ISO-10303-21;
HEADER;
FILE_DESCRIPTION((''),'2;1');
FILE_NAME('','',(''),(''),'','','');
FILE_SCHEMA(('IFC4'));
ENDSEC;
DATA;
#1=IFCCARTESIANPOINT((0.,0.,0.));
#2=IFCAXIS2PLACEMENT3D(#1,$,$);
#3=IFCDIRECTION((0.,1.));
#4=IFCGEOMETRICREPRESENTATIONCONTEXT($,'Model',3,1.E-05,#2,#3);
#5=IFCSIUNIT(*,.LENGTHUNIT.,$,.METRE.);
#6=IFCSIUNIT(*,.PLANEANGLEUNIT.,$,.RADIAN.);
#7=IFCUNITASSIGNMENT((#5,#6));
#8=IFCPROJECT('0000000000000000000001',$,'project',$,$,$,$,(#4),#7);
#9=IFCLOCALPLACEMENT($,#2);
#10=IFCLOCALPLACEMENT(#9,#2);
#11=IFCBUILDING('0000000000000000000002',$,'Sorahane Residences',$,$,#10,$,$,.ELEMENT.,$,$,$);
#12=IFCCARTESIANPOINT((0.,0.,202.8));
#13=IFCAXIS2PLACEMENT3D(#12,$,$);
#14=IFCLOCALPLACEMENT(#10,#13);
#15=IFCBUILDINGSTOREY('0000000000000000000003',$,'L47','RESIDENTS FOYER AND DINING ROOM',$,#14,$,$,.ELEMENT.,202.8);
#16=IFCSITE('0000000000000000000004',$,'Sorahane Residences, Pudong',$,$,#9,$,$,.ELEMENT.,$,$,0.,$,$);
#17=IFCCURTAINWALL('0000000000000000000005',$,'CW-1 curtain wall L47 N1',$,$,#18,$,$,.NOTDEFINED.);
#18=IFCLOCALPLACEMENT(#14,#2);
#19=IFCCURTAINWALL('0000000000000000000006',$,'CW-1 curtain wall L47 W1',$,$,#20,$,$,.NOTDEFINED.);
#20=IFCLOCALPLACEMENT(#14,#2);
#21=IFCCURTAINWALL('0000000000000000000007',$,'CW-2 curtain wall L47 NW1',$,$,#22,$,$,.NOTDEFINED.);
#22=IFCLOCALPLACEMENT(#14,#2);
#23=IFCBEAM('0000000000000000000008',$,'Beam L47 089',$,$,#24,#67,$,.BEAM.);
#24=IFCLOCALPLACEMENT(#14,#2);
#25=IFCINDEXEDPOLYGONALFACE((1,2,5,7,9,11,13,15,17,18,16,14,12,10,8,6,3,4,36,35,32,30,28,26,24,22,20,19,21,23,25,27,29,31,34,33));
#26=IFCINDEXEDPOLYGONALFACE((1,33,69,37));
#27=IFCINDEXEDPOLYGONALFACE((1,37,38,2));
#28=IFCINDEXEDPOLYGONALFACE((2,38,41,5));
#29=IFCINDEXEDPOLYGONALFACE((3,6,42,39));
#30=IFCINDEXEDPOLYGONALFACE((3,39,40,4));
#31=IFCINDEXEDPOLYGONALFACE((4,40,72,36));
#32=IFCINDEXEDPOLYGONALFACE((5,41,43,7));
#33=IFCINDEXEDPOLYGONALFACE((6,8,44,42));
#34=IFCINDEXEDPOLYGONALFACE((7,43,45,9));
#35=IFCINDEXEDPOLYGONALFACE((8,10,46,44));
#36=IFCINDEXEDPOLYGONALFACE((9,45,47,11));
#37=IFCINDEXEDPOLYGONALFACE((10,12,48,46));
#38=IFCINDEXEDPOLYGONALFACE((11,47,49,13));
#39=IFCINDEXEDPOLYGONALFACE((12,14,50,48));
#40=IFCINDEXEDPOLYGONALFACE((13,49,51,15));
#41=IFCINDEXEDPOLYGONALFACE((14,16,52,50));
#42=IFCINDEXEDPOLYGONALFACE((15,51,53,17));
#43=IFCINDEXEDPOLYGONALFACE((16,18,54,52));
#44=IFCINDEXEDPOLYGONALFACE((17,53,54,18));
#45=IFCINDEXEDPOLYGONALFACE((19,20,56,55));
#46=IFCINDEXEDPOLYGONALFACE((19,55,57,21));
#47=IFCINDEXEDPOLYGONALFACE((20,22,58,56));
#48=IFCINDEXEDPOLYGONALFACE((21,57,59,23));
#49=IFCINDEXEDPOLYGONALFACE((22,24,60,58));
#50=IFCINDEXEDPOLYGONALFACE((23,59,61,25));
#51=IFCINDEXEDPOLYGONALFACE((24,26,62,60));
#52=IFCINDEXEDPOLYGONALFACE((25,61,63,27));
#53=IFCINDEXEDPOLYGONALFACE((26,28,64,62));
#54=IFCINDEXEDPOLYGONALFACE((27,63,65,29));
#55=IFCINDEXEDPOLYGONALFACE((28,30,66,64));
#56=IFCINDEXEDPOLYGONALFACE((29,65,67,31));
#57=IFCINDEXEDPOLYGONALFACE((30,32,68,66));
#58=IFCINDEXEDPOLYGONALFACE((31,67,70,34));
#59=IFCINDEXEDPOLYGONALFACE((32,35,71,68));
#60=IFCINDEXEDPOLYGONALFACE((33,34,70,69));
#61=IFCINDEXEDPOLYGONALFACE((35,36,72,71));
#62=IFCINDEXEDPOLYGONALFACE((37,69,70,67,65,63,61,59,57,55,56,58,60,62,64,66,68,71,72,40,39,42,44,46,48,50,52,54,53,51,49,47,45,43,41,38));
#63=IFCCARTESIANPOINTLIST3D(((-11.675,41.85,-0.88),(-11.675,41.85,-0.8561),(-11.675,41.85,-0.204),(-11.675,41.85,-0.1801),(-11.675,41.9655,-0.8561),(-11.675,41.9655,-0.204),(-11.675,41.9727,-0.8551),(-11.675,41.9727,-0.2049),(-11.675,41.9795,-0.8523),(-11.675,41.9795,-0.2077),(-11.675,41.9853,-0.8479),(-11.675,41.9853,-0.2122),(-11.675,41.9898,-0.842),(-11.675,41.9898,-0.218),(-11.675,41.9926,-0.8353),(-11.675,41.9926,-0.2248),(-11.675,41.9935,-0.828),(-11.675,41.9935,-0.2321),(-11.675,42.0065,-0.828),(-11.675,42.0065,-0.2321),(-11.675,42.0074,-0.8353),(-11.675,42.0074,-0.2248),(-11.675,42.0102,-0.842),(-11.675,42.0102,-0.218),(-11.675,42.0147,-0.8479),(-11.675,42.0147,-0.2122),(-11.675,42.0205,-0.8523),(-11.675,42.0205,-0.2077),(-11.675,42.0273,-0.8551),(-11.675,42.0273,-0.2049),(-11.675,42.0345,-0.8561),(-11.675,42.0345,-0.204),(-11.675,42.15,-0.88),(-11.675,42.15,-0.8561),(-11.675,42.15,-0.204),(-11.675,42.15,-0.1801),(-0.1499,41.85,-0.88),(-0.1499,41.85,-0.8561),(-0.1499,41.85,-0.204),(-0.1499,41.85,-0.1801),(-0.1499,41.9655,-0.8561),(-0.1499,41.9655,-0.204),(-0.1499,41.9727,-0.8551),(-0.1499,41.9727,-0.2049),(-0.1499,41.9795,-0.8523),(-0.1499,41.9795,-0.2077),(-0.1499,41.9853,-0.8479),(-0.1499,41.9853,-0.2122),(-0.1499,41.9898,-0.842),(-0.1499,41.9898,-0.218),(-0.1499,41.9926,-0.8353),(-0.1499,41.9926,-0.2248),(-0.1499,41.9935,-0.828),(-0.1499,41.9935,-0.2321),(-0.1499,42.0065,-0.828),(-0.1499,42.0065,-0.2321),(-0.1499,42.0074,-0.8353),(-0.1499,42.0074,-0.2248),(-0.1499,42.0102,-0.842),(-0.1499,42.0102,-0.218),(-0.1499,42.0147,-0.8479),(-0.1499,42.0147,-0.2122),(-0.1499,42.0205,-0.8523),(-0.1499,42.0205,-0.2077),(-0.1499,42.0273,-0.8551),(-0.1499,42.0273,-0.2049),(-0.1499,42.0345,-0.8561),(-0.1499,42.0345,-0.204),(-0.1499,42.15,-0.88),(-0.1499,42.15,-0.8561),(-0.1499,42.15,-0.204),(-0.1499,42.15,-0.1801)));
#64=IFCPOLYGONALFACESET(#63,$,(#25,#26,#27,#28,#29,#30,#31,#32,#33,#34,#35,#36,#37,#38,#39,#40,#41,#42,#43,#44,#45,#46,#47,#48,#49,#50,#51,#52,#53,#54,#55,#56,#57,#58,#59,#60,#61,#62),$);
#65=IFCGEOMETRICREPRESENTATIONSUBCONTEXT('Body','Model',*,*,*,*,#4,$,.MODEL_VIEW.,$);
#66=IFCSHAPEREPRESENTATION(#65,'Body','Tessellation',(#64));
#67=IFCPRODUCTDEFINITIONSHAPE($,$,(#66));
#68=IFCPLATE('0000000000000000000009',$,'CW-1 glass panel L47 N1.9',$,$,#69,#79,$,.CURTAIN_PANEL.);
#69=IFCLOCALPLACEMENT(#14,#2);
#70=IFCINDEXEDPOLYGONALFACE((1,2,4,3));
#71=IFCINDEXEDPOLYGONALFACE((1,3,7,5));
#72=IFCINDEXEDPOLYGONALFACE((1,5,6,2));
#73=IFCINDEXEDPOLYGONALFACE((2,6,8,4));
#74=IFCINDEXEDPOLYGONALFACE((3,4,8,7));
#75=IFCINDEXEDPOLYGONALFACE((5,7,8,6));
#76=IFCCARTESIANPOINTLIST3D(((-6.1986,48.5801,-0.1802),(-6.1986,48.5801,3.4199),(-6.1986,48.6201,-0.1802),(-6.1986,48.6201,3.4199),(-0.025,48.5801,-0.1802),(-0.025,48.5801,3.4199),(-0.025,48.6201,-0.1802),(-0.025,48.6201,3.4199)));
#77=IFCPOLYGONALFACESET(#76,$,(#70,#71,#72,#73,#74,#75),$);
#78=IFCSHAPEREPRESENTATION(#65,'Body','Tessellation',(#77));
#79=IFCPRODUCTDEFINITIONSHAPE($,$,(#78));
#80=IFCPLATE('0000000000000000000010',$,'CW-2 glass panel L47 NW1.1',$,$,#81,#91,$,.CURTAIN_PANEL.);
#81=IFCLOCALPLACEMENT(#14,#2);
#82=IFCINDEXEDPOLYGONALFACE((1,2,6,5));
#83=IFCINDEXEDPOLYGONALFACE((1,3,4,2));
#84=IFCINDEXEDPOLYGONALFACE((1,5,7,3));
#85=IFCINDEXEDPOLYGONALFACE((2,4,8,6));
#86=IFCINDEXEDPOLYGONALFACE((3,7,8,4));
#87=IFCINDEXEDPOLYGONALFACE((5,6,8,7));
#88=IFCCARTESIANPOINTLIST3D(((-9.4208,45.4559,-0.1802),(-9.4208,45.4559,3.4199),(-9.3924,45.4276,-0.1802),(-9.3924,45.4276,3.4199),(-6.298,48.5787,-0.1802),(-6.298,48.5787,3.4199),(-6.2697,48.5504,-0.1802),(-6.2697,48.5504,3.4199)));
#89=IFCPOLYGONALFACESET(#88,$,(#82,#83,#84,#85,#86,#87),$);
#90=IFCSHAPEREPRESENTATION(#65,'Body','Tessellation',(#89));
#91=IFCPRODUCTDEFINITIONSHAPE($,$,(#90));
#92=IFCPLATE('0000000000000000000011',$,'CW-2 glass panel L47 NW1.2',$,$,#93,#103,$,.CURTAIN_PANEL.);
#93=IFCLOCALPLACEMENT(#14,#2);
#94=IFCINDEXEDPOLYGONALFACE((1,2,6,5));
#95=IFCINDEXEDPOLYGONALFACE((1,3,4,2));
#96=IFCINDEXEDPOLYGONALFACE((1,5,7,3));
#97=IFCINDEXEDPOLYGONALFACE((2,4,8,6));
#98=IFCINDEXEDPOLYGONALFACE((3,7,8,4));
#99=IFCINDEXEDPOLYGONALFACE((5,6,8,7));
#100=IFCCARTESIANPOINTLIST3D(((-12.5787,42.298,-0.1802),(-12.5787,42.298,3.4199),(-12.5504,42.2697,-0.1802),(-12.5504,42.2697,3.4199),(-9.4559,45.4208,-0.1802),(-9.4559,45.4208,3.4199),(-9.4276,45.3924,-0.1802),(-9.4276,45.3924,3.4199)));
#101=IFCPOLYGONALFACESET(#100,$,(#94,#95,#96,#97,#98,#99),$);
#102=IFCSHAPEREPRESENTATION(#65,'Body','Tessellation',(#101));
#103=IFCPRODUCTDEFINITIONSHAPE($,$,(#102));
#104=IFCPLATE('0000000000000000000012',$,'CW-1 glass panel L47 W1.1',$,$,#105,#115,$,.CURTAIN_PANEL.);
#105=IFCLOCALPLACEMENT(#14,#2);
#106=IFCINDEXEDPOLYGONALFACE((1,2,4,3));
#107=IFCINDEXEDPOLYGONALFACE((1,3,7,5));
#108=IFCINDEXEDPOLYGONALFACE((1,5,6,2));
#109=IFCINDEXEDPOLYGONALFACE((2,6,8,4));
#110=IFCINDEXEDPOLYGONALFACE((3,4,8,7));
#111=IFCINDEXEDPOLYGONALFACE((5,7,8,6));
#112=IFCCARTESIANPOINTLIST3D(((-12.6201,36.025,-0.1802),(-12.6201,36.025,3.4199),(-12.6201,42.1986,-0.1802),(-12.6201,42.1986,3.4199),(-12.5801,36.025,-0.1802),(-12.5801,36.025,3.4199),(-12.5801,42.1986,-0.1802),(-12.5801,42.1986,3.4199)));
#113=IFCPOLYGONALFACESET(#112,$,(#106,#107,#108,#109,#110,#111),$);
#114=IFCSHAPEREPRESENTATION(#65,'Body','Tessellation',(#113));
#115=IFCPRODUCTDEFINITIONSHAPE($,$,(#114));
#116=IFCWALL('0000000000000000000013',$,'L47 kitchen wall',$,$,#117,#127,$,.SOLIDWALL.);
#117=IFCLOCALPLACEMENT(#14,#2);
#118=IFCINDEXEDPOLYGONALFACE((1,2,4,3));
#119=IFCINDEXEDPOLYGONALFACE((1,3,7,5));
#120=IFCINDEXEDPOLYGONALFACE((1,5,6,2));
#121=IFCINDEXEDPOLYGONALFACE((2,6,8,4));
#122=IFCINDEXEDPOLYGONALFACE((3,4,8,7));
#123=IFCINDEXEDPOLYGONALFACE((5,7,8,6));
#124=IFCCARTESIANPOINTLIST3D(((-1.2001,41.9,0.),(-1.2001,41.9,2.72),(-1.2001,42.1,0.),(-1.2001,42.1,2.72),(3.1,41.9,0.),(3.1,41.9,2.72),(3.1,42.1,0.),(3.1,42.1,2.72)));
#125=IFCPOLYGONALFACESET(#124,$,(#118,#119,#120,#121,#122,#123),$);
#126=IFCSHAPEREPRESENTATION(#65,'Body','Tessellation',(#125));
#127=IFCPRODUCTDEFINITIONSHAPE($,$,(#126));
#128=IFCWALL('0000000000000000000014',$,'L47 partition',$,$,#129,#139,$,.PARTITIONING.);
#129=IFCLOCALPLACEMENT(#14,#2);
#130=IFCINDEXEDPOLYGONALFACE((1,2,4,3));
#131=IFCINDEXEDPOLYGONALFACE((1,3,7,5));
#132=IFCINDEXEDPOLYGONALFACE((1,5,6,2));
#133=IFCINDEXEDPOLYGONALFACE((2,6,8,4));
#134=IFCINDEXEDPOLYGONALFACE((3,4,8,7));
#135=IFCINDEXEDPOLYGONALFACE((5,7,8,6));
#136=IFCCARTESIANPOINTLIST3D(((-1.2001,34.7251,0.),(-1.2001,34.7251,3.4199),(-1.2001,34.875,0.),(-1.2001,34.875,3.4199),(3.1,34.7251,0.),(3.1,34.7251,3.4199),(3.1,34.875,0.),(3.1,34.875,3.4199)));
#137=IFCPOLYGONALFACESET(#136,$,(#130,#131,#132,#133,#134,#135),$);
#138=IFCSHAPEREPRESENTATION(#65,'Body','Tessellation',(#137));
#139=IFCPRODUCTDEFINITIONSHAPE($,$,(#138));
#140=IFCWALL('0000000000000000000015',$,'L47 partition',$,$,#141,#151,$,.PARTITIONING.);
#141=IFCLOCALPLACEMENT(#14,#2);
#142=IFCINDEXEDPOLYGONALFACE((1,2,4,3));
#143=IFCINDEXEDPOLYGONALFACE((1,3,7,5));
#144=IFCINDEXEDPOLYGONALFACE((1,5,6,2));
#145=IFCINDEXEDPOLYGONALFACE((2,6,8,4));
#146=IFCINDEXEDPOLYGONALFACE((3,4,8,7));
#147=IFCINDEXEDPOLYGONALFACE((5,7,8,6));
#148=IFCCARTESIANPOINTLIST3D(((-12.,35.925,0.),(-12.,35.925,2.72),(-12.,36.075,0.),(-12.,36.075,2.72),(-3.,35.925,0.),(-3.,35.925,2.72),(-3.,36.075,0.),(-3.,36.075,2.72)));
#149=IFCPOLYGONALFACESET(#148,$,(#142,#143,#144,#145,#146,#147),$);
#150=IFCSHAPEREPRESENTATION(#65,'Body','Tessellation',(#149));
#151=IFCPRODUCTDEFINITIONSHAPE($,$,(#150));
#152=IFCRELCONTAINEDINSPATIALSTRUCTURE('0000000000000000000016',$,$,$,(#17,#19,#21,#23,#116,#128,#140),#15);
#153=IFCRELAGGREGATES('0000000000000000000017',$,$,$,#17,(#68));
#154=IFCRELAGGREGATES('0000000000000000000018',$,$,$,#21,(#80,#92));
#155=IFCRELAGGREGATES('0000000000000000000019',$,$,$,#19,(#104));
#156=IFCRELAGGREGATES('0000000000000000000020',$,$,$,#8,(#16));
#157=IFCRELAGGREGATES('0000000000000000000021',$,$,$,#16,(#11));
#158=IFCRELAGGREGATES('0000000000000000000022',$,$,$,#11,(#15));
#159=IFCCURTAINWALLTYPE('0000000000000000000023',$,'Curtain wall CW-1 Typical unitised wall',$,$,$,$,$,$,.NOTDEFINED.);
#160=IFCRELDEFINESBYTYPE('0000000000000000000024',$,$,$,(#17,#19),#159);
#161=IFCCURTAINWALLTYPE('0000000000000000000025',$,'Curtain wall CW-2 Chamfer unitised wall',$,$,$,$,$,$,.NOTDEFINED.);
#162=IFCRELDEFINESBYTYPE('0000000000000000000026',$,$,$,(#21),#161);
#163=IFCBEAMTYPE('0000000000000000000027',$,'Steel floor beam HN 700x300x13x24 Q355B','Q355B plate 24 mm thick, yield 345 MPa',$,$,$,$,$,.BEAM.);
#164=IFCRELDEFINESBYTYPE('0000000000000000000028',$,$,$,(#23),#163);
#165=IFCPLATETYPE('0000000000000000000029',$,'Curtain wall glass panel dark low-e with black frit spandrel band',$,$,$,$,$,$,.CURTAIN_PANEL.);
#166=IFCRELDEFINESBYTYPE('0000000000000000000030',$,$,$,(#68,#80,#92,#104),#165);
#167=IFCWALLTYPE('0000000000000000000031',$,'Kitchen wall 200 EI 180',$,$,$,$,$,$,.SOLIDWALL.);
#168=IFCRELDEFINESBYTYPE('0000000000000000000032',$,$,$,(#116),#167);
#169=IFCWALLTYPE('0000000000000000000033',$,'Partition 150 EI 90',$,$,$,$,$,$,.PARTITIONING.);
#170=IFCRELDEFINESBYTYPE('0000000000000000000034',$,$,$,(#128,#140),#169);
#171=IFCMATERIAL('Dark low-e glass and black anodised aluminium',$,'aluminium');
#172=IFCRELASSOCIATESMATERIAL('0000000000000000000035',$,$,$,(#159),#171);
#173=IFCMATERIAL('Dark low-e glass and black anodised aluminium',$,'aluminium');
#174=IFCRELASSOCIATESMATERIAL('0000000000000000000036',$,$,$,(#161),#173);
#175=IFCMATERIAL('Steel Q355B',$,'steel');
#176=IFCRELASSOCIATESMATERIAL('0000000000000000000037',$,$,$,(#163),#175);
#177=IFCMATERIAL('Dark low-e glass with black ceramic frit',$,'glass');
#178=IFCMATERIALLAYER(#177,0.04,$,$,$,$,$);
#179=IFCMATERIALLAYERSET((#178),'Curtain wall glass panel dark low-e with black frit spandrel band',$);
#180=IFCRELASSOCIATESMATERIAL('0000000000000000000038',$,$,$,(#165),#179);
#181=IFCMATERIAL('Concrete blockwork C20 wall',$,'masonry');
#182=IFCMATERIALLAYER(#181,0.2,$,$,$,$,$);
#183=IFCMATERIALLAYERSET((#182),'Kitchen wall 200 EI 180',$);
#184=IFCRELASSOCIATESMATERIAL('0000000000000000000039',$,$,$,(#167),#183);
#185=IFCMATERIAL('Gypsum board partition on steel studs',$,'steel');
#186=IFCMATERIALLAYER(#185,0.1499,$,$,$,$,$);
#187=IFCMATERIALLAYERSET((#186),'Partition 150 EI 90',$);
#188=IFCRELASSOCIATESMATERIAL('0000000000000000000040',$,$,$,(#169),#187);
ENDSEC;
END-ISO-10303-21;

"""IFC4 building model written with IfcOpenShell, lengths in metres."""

from ifc_helpers import new_model, si_unit, direction, frame, frame_2d, origin, origin_2d, place, context, subcontext, project, spatial, rectangle, i_section, extrude, material, layer, layer_set, material_profile, profile_set, type_object, element, aggregate, save


model = new_model("IFC4")

# Units and contexts
model_context = context("Model", 3, precision=1e-05, world=origin(), true_north=direction((0.0, 1.0)))
body_context = subcontext(model_context, "Body", "Model", "MODEL_VIEW")
ifc_project = project(units=[si_unit("LENGTHUNIT", "METRE"), si_unit("PLANEANGLEUNIT", "RADIAN")], contexts=[model_context])

# Site, building, storey
site_placement = place(None, origin())
site = spatial("IfcSite", under=ifc_project, at=site_placement, Name="Sorahane Residences, Pudong", CompositionType="ELEMENT", RefElevation=0.0)
building_placement = place(site_placement, origin())
building = spatial("IfcBuilding", under=site, at=building_placement, Name="Sorahane Residences", CompositionType="ELEMENT")
storey_placement = place(building_placement, frame((0.0, 0.0, 202.8)))
storey = spatial("IfcBuildingStorey", under=building, at=storey_placement, Name="L47", Description="RESIDENTS FOYER AND DINING ROOM", CompositionType="ELEMENT", Elevation=202.8)

# Curtain wall
ifc_material_1 = material(Name="Dark low-e glass and black anodised aluminium", Category="aluminium")
curtain_wall_type_1 = type_object("IfcCurtainWallType", Name="Curtain wall CW-1 Typical unitised wall", PredefinedType="NOTDEFINED", material=ifc_material_1)
curtain_wall_1_placement = place(storey_placement, origin())
curtain_wall_1 = element("IfcCurtainWall", 1, at=curtain_wall_1_placement, inside=storey, type_object=curtain_wall_type_1, Name="CW-1 curtain wall L47 N1", PredefinedType="NOTDEFINED")

# Curtain wall
curtain_wall_2_placement = place(storey_placement, origin())
curtain_wall_2 = element("IfcCurtainWall", 2, at=curtain_wall_2_placement, inside=storey, type_object=curtain_wall_type_1, Name="CW-1 curtain wall L47 W1", PredefinedType="NOTDEFINED")

# Curtain wall
ifc_material_2 = material(Name="Dark low-e glass and black anodised aluminium", Category="aluminium")
curtain_wall_type_2 = type_object("IfcCurtainWallType", Name="Curtain wall CW-2 Chamfer unitised wall", PredefinedType="NOTDEFINED", material=ifc_material_2)
curtain_wall_3_placement = place(storey_placement, origin())
curtain_wall_3 = element("IfcCurtainWall", 3, at=curtain_wall_3_placement, inside=storey, type_object=curtain_wall_type_2, Name="CW-2 curtain wall L47 NW1", PredefinedType="NOTDEFINED")

# Beam
ifc_material_3 = material(Name="Steel Q355B", Category="steel")
ifc_material_profile_1 = material_profile(ifc_material_3, i_section(OverallWidth=0.3, OverallDepth=0.7, WebThickness=0.0129, FlangeThickness=0.0239, FilletRadius=0.0281, at=origin_2d()), Name="HN 700x300x13x24")
ifc_profile_set_1 = profile_set([ifc_material_profile_1], Name="Steel Q355B")
beam_type_1 = type_object("IfcBeamType", Name="Steel floor beam HN 700x300x13x24 Q355B", Description="Q355B plate 24 mm thick, yield 345 MPa", PredefinedType="BEAM", material=ifc_profile_set_1)
beam_placement = place(storey_placement, frame((-11.675, 42.0, -0.53), z_axis=(1.0, 0.0, 0.0), x_axis=(0.0, 1.0, 0.0)))
element("IfcBeam", 4, at=beam_placement, inside=storey, type_object=beam_type_1, Name="Beam L47 089", PredefinedType="BEAM", context=body_context, shape_type="SweptSolid", body=[
    extrude(i_section(OverallWidth=0.3, OverallDepth=0.7, WebThickness=0.0129, FlangeThickness=0.0239, FilletRadius=0.0281, at=origin_2d()), origin(), (0.0, 0.0, 1.0), 11.5251),
])

# Plates
ifc_material_4 = material(Name="Dark low-e glass with black ceramic frit", Category="glass")
ifc_layer_1 = layer(ifc_material_4, 0.04)
ifc_layer_set_1 = layer_set([ifc_layer_1], Name="Curtain wall glass panel dark low-e with black frit spandrel band")
plate_type = type_object("IfcPlateType", Name="Curtain wall glass panel dark low-e with black frit spandrel band", PredefinedType="CURTAIN_PANEL", material=ifc_layer_set_1)
plate_1_placement = place(storey_placement, frame((-3.1118, 48.6001, -0.1802), z_axis=(0.0, 0.0, 1.0), x_axis=(-1.0, 0.0, 0.0)))
plate_1 = element("IfcPlate", 5, at=plate_1_placement, type_object=plate_type, Name="CW-1 glass panel L47 N1.9", PredefinedType="CURTAIN_PANEL", context=body_context, shape_type="SweptSolid", body=[
    extrude(rectangle(XDim=6.1736, YDim=0.04, at=origin_2d()), origin(), (0.0, 0.0, 1.0), 3.6001),
])
aggregate(curtain_wall_1, [plate_1])
plate_2_placement = place(storey_placement, frame((-7.8452, 47.0032, -0.1802), z_axis=(0.0, 0.0, 1.0), x_axis=(-0.707107, -0.707107, 0.0)))
plate_2 = element("IfcPlate", 6, at=plate_2_placement, type_object=plate_type, Name="CW-2 glass panel L47 NW1.1", PredefinedType="CURTAIN_PANEL", context=body_context, shape_type="SweptSolid", body=[
    extrude(rectangle(XDim=4.4163, YDim=0.04, at=origin_2d()), origin(), (0.0, 0.0, 1.0), 3.6001),
])
plate_3_placement = place(storey_placement, frame((-11.0032, 43.8452, -0.1802), z_axis=(0.0, 0.0, 1.0), x_axis=(-0.707107, -0.707107, 0.0)))
plate_3 = element("IfcPlate", 7, at=plate_3_placement, type_object=plate_type, Name="CW-2 glass panel L47 NW1.2", PredefinedType="CURTAIN_PANEL", context=body_context, shape_type="SweptSolid", body=[
    extrude(rectangle(XDim=4.4163, YDim=0.04, at=origin_2d()), origin(), (0.0, 0.0, 1.0), 3.6001),
])
aggregate(curtain_wall_3, [plate_2, plate_3])
plate_4_placement = place(storey_placement, frame((-12.6001, 39.1118, -0.1802), z_axis=(0.0, 0.0, 1.0), x_axis=(0.0, -1.0, 0.0)))
plate_4 = element("IfcPlate", 8, at=plate_4_placement, type_object=plate_type, Name="CW-1 glass panel L47 W1.1", PredefinedType="CURTAIN_PANEL", context=body_context, shape_type="SweptSolid", body=[
    extrude(rectangle(XDim=6.1736, YDim=0.04, at=origin_2d()), origin(), (0.0, 0.0, 1.0), 3.6001),
])
aggregate(curtain_wall_2, [plate_4])

# Shared definitions
ifc_material_5 = material(Name="Concrete blockwork C20 wall", Category="masonry")
ifc_layer_2 = layer(ifc_material_5, 0.2)
ifc_layer_set_2 = layer_set([ifc_layer_2], Name="Kitchen wall 200 EI 180")
wall_type_1 = type_object("IfcWallType", Name="Kitchen wall 200 EI 180", PredefinedType="SOLIDWALL", material=ifc_layer_set_2)

# Walls
wall_1_placement = place(storey_placement, frame((-1.2, 42.0, 0.0), z_axis=(0.0, 0.0, 1.0), x_axis=(1.0, 0.0, 0.0)))
element("IfcWall", 9, at=wall_1_placement, inside=storey, type_object=wall_type_1, Name="L47 kitchen wall", PredefinedType="SOLIDWALL", context=body_context, shape_type="SweptSolid", body=[
    extrude(rectangle(XDim=4.3, YDim=0.2, at=frame_2d((2.1499, 0.0))), origin(), (0.0, 0.0, 1.0), 2.72),
])
ifc_material_6 = material(Name="Gypsum board partition on steel studs", Category="steel")
ifc_layer_3 = layer(ifc_material_6, 0.1499)
ifc_layer_set_3 = layer_set([ifc_layer_3], Name="Partition 150 EI 90")
wall_type_2 = type_object("IfcWallType", Name="Partition 150 EI 90", PredefinedType="PARTITIONING", material=ifc_layer_set_3)
wall_2_placement = place(storey_placement, frame((-1.2, 34.8, 0.0), z_axis=(0.0, 0.0, 1.0), x_axis=(1.0, 0.0, 0.0)))
element("IfcWall", 10, at=wall_2_placement, inside=storey, type_object=wall_type_2, Name="L47 partition", PredefinedType="PARTITIONING", context=body_context, shape_type="SweptSolid", body=[
    extrude(rectangle(XDim=4.3, YDim=0.1499, at=frame_2d((2.1499, 0.0))), origin(), (0.0, 0.0, 1.0), 3.4199),
])
wall_3_placement = place(storey_placement, frame((-12.0, 36.0, 0.0), z_axis=(0.0, 0.0, 1.0), x_axis=(1.0, 0.0, 0.0)))
element("IfcWall", 11, at=wall_3_placement, inside=storey, type_object=wall_type_2, Name="L47 partition", PredefinedType="PARTITIONING", context=body_context, shape_type="SweptSolid", body=[
    extrude(rectangle(XDim=9.0, YDim=0.1499, at=frame_2d((4.5, 0.0))), origin(), (0.0, 0.0, 1.0), 2.72),
])

save(model, "model.ifc")
